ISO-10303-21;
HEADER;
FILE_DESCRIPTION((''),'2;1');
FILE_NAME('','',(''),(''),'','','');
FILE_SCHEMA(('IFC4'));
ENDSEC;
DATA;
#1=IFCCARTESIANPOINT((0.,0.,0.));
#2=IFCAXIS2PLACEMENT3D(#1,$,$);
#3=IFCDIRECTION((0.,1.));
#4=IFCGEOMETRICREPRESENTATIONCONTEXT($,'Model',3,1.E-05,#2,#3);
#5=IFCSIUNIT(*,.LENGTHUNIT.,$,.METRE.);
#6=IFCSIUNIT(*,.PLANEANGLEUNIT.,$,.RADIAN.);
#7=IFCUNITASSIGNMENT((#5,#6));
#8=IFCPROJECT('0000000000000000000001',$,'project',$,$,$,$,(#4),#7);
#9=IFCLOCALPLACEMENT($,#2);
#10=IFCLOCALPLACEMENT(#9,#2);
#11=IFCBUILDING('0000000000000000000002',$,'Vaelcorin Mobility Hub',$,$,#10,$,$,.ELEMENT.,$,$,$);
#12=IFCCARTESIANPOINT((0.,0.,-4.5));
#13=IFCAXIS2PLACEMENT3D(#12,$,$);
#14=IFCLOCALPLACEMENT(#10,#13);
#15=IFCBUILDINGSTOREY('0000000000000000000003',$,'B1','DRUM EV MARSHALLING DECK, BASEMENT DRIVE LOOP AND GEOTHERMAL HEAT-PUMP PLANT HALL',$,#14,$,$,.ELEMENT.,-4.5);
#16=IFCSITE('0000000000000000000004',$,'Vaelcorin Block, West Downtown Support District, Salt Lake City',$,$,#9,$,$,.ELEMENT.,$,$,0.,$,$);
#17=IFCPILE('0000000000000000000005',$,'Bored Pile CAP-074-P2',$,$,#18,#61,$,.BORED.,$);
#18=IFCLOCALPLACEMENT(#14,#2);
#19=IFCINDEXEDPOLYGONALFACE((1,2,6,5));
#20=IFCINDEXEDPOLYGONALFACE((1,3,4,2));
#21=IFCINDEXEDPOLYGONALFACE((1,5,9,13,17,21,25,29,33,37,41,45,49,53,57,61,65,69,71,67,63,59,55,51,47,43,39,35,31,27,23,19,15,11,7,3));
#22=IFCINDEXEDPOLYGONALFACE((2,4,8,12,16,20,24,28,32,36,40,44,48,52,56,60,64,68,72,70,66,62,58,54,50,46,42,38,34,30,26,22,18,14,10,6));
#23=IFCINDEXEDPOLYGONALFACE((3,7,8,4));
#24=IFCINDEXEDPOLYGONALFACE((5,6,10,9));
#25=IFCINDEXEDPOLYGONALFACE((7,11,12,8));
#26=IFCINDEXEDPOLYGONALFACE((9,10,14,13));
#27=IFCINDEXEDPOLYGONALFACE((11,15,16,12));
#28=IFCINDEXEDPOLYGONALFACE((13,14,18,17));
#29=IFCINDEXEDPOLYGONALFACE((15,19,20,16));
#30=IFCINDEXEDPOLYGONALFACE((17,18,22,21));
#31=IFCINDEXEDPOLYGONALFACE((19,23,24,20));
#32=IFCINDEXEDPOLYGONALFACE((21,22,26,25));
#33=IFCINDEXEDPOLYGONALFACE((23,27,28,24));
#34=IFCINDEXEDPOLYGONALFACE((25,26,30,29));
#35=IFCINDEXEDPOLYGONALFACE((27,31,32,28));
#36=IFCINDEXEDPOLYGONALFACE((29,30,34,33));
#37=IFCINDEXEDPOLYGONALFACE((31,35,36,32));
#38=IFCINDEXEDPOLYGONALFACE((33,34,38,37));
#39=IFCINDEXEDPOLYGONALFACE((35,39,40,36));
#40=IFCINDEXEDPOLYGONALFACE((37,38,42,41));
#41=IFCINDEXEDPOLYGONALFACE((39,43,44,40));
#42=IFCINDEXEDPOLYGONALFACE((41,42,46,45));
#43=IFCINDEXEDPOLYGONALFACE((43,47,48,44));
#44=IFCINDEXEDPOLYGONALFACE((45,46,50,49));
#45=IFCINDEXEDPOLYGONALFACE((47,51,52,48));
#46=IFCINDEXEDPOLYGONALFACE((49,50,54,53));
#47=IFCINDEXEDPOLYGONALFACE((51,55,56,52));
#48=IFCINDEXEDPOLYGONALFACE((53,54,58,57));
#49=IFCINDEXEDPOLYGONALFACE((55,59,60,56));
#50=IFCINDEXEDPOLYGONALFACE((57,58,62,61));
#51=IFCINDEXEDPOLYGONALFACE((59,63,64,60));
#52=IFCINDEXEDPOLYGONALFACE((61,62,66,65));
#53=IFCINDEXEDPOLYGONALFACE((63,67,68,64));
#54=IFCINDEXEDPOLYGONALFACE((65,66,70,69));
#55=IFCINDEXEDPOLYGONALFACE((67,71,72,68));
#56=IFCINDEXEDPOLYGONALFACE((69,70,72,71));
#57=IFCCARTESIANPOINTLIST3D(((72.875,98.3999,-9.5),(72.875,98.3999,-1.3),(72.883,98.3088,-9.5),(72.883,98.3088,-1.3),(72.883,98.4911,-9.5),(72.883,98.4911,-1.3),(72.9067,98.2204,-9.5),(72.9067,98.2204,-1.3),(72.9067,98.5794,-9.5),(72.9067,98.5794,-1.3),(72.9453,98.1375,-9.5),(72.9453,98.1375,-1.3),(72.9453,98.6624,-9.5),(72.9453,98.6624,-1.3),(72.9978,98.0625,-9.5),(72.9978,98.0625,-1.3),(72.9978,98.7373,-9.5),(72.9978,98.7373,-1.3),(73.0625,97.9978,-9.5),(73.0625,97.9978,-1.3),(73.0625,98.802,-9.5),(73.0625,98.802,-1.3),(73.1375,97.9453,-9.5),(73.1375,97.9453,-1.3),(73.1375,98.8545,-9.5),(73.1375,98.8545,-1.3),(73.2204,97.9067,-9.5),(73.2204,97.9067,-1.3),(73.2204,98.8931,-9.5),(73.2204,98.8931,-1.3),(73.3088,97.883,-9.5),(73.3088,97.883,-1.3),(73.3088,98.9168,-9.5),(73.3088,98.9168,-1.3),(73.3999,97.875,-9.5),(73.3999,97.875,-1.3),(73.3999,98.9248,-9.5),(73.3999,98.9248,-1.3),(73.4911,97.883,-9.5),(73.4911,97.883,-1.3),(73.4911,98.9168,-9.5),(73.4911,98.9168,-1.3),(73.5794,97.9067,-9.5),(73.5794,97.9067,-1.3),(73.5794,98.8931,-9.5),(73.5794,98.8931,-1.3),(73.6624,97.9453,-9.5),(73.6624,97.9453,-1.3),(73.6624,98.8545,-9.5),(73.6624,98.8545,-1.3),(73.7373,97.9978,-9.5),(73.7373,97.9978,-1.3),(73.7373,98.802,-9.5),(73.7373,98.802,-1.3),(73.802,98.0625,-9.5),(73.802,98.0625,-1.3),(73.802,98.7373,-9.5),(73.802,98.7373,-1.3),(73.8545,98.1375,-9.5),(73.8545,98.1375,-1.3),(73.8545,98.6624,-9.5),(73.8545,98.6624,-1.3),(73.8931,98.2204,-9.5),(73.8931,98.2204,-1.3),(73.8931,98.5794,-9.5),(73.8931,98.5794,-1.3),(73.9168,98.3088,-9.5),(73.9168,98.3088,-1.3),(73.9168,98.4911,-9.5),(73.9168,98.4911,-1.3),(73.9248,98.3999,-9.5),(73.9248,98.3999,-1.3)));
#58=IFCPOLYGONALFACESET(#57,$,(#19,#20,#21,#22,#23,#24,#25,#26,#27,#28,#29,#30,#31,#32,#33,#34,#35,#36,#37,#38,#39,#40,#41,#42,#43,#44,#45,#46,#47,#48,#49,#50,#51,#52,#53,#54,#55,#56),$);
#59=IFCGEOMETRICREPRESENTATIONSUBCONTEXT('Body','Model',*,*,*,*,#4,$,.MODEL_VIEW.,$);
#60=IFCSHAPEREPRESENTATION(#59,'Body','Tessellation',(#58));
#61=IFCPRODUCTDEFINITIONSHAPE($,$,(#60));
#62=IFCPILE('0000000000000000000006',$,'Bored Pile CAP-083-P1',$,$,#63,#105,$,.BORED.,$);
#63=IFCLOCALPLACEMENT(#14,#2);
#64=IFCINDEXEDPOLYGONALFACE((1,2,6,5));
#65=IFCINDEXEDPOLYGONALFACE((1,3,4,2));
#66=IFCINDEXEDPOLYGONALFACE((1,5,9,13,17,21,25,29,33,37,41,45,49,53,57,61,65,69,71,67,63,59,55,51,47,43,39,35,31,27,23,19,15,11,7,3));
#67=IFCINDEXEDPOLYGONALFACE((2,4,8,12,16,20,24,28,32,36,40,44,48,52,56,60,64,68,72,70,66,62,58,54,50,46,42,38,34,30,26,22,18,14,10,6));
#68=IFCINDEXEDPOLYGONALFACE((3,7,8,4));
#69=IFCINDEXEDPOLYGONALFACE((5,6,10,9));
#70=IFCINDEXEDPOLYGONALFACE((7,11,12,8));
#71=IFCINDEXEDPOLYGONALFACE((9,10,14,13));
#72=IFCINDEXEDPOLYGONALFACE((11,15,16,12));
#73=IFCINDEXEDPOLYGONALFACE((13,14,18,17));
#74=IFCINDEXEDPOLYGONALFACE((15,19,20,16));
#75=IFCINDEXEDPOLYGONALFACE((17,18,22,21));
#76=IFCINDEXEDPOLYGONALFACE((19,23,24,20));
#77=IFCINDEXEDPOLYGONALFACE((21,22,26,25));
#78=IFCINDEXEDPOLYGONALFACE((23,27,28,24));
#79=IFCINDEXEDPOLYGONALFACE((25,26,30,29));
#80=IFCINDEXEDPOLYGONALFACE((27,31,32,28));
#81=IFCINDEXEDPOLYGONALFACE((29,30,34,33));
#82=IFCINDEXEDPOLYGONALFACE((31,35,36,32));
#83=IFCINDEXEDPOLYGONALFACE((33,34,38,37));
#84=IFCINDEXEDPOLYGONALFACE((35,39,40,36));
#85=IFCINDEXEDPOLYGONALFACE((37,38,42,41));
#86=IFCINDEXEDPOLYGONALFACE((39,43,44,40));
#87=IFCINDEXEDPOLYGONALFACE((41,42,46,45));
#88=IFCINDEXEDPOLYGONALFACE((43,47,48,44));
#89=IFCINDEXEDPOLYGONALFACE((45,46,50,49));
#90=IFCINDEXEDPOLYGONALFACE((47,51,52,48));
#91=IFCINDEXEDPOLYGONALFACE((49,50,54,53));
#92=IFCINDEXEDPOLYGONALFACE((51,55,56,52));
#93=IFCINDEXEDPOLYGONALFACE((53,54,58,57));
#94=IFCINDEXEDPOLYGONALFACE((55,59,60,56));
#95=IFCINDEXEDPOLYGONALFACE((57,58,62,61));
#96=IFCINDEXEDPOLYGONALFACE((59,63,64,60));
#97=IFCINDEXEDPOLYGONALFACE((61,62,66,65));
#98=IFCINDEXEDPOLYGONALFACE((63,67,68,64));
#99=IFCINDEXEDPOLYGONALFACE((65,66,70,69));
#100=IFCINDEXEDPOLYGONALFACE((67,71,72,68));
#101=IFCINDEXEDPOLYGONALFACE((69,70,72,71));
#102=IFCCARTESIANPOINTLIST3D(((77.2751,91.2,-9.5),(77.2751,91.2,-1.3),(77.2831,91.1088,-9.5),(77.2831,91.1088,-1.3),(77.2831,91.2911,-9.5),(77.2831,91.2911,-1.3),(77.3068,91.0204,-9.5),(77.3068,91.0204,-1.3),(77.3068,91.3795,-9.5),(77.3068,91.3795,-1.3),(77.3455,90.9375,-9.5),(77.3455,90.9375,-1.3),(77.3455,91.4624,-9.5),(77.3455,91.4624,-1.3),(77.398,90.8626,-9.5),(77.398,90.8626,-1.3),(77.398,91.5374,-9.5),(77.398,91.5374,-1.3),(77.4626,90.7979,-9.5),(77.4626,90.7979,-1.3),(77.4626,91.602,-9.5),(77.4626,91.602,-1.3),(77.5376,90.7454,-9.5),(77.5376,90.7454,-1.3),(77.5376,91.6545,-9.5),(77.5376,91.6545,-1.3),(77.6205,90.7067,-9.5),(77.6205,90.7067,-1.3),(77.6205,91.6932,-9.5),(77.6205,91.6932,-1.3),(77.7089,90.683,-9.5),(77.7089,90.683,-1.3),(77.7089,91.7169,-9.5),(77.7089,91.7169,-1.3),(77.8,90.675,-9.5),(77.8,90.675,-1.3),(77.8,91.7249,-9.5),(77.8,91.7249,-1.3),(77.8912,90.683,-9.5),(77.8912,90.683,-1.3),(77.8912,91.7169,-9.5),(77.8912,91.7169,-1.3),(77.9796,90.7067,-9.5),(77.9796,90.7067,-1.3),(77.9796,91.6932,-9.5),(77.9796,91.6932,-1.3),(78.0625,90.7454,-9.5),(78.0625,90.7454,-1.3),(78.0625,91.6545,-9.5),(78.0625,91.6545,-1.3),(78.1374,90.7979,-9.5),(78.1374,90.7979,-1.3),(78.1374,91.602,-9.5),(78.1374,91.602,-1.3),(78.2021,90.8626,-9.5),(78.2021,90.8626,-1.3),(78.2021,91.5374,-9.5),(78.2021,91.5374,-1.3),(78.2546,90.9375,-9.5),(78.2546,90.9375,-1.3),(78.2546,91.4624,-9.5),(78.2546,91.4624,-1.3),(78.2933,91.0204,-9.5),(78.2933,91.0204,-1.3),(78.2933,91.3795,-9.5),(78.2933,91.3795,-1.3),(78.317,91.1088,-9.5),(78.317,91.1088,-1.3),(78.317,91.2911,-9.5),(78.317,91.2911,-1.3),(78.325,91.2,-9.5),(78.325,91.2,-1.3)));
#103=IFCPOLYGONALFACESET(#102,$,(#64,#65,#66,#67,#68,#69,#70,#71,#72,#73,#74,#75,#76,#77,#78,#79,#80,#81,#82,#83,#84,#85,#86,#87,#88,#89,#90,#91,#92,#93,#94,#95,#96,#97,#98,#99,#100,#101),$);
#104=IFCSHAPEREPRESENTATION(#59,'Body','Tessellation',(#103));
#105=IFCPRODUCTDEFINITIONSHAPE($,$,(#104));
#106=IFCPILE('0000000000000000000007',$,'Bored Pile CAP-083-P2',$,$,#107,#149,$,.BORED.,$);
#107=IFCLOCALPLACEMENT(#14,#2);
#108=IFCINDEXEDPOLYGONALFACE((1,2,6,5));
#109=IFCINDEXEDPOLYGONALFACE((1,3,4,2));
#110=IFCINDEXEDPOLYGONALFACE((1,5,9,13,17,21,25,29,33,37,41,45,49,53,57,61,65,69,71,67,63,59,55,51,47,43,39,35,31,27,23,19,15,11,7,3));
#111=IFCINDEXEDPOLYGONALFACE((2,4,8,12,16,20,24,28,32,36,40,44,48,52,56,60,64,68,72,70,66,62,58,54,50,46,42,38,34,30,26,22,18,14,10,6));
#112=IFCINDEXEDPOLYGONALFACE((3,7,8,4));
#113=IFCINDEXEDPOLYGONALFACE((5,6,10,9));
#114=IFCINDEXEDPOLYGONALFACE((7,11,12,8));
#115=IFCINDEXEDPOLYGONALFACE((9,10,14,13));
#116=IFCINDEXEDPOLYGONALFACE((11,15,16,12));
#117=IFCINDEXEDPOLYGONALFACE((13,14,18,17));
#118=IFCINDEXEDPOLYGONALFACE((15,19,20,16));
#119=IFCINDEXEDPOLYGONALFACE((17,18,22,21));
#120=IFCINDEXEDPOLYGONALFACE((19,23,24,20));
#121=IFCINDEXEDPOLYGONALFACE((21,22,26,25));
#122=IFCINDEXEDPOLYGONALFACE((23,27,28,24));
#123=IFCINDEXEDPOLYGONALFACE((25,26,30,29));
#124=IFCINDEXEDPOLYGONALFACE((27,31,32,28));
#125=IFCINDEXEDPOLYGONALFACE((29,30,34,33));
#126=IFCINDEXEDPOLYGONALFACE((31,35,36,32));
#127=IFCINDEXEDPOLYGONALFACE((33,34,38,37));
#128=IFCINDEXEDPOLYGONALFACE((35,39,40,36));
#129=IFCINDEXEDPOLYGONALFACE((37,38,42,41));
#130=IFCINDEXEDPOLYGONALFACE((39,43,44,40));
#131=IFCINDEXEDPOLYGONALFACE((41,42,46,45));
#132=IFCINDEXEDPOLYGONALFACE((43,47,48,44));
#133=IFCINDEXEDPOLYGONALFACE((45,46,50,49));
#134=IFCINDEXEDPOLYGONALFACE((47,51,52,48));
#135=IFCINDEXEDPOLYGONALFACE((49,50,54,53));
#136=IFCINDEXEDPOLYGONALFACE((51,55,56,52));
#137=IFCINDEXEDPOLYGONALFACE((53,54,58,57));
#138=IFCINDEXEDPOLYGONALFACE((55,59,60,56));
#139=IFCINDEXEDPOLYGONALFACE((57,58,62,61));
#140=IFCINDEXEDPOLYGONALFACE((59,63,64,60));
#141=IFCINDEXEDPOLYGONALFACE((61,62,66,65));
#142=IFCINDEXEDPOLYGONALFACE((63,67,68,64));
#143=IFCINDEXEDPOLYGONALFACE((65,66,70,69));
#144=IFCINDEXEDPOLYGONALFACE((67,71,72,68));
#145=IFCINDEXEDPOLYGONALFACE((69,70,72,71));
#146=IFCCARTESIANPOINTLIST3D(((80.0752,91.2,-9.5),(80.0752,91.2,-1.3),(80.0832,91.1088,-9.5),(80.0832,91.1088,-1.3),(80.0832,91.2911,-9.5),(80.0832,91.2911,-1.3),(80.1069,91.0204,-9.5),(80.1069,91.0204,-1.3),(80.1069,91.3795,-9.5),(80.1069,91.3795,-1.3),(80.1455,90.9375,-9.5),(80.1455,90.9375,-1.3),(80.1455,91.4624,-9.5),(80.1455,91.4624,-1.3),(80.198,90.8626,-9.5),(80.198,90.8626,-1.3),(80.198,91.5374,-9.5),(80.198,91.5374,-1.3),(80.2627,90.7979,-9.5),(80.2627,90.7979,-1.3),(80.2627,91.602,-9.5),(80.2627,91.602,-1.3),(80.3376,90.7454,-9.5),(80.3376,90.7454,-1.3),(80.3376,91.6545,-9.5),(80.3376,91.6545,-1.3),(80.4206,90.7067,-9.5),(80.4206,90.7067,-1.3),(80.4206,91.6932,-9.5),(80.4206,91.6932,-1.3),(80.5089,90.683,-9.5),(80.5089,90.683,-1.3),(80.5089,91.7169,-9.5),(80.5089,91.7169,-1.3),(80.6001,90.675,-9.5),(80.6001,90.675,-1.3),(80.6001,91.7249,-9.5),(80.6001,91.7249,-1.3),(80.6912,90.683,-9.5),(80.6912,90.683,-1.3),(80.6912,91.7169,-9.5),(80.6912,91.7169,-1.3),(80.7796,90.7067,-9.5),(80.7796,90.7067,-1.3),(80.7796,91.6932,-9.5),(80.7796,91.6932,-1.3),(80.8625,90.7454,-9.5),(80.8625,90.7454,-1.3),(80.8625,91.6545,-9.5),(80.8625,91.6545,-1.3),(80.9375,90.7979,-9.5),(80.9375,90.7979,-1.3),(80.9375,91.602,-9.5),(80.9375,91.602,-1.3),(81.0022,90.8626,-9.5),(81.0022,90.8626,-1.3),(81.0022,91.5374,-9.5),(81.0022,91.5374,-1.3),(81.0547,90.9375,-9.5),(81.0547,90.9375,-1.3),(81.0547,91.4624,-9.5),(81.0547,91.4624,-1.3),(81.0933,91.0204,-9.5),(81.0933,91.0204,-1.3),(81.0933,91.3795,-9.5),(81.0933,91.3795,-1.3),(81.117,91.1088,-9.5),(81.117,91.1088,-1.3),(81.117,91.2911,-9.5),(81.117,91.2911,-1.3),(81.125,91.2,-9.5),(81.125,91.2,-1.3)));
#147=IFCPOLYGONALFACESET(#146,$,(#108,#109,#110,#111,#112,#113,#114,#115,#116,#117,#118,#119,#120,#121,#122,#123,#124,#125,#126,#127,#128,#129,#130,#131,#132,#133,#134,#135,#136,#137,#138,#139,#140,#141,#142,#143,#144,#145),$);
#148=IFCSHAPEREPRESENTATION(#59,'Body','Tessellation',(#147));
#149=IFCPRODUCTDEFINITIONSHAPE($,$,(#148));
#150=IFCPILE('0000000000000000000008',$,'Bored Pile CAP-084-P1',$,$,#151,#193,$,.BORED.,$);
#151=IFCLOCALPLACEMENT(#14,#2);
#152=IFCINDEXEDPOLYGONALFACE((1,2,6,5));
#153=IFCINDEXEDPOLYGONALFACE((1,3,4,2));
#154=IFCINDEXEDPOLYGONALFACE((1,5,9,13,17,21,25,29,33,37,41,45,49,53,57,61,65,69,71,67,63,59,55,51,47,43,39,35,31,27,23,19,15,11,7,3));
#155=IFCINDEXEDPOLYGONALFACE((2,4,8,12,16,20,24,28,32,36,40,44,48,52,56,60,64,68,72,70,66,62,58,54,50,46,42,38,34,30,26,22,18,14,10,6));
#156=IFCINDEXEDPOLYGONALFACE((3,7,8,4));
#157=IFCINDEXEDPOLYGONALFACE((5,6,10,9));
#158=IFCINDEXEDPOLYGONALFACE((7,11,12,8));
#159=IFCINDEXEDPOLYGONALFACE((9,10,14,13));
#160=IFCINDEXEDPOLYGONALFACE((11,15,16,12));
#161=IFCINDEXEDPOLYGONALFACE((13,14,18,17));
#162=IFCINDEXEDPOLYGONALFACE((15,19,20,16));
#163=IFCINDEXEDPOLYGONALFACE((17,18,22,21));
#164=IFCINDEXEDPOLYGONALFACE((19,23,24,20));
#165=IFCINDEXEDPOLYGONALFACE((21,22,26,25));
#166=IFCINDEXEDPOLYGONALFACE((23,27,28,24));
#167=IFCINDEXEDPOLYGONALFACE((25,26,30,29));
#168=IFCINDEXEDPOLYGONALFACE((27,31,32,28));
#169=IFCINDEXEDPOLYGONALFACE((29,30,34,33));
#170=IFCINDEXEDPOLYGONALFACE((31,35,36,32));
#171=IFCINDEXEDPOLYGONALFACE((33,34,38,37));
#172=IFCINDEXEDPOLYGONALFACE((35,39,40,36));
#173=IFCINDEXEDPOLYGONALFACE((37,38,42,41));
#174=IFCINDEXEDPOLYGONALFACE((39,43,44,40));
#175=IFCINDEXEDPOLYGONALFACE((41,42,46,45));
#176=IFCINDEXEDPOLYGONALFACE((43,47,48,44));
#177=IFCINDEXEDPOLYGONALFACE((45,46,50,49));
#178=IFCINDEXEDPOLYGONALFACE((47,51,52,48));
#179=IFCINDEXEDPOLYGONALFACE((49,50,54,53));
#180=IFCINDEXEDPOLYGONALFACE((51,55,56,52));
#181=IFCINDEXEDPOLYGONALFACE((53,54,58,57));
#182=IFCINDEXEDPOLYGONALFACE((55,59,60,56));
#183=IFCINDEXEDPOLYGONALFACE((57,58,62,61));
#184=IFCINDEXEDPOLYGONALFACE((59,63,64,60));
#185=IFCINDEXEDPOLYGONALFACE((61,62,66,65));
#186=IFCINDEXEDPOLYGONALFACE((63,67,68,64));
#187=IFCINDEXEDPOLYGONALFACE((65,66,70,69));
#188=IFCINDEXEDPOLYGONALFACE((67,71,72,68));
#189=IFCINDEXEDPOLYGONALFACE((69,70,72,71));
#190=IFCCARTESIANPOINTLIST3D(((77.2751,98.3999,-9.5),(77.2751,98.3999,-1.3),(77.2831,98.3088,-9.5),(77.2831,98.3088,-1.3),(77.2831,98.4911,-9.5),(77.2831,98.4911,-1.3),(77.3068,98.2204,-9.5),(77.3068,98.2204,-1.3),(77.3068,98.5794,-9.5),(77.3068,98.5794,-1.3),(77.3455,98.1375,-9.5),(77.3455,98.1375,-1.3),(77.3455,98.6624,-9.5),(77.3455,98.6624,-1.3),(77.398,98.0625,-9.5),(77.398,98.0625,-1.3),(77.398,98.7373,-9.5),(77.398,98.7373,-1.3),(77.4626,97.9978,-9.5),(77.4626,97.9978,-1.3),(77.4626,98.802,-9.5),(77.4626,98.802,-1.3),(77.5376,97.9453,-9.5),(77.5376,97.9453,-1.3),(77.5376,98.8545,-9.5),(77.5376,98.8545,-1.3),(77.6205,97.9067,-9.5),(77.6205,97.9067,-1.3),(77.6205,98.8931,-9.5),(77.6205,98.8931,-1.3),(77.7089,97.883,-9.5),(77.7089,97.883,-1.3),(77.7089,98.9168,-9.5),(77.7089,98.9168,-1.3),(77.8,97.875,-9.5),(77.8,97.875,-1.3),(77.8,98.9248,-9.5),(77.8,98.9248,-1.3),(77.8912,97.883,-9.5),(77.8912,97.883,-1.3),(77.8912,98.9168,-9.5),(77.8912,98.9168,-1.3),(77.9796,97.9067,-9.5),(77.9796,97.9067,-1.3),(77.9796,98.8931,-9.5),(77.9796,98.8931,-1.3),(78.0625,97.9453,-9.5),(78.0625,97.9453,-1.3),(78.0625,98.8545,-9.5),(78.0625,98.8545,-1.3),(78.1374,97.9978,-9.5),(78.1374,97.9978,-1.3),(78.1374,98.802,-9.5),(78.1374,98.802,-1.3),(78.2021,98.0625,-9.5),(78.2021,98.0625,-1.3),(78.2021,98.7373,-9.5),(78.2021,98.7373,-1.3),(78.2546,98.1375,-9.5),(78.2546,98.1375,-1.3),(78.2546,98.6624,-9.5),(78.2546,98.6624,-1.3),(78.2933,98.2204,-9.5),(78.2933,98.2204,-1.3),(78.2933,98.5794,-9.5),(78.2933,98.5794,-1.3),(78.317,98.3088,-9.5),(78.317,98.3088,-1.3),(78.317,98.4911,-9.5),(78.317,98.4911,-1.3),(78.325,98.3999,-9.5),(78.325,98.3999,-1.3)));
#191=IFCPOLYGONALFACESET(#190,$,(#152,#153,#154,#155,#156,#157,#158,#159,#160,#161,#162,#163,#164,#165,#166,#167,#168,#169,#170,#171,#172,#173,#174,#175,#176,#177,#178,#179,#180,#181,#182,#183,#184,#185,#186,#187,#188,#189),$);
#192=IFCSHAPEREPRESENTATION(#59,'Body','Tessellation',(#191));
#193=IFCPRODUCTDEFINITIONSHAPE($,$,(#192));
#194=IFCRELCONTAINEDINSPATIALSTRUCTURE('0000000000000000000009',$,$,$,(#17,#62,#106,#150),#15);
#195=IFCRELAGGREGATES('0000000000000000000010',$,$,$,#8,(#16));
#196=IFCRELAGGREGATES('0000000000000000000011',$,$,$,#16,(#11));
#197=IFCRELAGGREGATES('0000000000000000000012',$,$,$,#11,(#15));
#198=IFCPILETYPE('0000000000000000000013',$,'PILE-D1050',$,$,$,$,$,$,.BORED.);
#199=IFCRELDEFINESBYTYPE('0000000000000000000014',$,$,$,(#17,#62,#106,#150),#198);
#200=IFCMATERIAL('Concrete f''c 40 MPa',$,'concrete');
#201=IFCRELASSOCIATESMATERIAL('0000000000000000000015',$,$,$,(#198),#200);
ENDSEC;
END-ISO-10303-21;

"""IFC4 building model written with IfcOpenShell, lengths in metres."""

from ifc_helpers import new_model, si_unit, direction, frame, origin, origin_2d, place, context, subcontext, project, spatial, circle, extrude, material, material_profile, profile_set, type_object, element, save


model = new_model("IFC4")

# Units and contexts
model_context = context("Model", 3, precision=1e-05, world=origin(), true_north=direction((0.0, 1.0)))
body_context = subcontext(model_context, "Body", "Model", "MODEL_VIEW")
ifc_project = project(units=[si_unit("LENGTHUNIT", "METRE"), si_unit("PLANEANGLEUNIT", "RADIAN")], contexts=[model_context])

# Site, building, storey
site_placement = place(None, origin())
site = spatial("IfcSite", under=ifc_project, at=site_placement, Name="Vaelcorin Block, West Downtown Support District, Salt Lake City", CompositionType="ELEMENT", RefElevation=0.0)
building_placement = place(site_placement, origin())
building = spatial("IfcBuilding", under=site, at=building_placement, Name="Vaelcorin Mobility Hub", CompositionType="ELEMENT")
storey_placement = place(building_placement, frame((0.0, 0.0, -4.5)))
storey = spatial("IfcBuildingStorey", under=building, at=storey_placement, Name="B1", Description="DRUM EV MARSHALLING DECK, BASEMENT DRIVE LOOP AND GEOTHERMAL HEAT-PUMP PLANT HALL", CompositionType="ELEMENT", Elevation=-4.5)

# Shared definitions
ifc_material_1 = material(Name="Concrete f'c 40 MPa", Category="concrete")

# Piles
ifc_material_profile_1 = material_profile(ifc_material_1, circle(Radius=0.5249, at=origin_2d()), Name="BP-D1050")
ifc_profile_set_1 = profile_set([ifc_material_profile_1], Name="Concrete f'c 40 MPa")
pile_type = type_object("IfcPileType", Name="PILE-D1050", PredefinedType="BORED", material=ifc_profile_set_1)
for number, where, z_axis, x_axis, name in (
    (1, (73.3999, 98.3999, -1.3), (0.0, 0.0, -1.0), (1.0, 0.0, 0.0), "Bored Pile CAP-074-P2"),
    (2, (77.8, 91.2, -1.3), (0.0, 0.0, -1.0), (1.0, 0.0, 0.0), "Bored Pile CAP-083-P1"),
    (3, (80.6001, 91.2, -1.3), (0.0, 0.0, -1.0), (1.0, 0.0, 0.0), "Bored Pile CAP-083-P2"),
    (4, (77.8, 98.3999, -1.3), (0.0, 0.0, -1.0), (1.0, 0.0, 0.0), "Bored Pile CAP-084-P1"),
):
    element("IfcPile", number, at=place(storey_placement, frame(where, z_axis=z_axis, x_axis=x_axis)), inside=storey, type_object=pile_type, Name=name, PredefinedType="BORED", context=body_context, shape_type="SweptSolid", body=[
        extrude(circle(Radius=0.5249, at=origin_2d()), origin(), (0.0, 0.0, 1.0), 8.2),
    ])

save(model, "model.ifc")
